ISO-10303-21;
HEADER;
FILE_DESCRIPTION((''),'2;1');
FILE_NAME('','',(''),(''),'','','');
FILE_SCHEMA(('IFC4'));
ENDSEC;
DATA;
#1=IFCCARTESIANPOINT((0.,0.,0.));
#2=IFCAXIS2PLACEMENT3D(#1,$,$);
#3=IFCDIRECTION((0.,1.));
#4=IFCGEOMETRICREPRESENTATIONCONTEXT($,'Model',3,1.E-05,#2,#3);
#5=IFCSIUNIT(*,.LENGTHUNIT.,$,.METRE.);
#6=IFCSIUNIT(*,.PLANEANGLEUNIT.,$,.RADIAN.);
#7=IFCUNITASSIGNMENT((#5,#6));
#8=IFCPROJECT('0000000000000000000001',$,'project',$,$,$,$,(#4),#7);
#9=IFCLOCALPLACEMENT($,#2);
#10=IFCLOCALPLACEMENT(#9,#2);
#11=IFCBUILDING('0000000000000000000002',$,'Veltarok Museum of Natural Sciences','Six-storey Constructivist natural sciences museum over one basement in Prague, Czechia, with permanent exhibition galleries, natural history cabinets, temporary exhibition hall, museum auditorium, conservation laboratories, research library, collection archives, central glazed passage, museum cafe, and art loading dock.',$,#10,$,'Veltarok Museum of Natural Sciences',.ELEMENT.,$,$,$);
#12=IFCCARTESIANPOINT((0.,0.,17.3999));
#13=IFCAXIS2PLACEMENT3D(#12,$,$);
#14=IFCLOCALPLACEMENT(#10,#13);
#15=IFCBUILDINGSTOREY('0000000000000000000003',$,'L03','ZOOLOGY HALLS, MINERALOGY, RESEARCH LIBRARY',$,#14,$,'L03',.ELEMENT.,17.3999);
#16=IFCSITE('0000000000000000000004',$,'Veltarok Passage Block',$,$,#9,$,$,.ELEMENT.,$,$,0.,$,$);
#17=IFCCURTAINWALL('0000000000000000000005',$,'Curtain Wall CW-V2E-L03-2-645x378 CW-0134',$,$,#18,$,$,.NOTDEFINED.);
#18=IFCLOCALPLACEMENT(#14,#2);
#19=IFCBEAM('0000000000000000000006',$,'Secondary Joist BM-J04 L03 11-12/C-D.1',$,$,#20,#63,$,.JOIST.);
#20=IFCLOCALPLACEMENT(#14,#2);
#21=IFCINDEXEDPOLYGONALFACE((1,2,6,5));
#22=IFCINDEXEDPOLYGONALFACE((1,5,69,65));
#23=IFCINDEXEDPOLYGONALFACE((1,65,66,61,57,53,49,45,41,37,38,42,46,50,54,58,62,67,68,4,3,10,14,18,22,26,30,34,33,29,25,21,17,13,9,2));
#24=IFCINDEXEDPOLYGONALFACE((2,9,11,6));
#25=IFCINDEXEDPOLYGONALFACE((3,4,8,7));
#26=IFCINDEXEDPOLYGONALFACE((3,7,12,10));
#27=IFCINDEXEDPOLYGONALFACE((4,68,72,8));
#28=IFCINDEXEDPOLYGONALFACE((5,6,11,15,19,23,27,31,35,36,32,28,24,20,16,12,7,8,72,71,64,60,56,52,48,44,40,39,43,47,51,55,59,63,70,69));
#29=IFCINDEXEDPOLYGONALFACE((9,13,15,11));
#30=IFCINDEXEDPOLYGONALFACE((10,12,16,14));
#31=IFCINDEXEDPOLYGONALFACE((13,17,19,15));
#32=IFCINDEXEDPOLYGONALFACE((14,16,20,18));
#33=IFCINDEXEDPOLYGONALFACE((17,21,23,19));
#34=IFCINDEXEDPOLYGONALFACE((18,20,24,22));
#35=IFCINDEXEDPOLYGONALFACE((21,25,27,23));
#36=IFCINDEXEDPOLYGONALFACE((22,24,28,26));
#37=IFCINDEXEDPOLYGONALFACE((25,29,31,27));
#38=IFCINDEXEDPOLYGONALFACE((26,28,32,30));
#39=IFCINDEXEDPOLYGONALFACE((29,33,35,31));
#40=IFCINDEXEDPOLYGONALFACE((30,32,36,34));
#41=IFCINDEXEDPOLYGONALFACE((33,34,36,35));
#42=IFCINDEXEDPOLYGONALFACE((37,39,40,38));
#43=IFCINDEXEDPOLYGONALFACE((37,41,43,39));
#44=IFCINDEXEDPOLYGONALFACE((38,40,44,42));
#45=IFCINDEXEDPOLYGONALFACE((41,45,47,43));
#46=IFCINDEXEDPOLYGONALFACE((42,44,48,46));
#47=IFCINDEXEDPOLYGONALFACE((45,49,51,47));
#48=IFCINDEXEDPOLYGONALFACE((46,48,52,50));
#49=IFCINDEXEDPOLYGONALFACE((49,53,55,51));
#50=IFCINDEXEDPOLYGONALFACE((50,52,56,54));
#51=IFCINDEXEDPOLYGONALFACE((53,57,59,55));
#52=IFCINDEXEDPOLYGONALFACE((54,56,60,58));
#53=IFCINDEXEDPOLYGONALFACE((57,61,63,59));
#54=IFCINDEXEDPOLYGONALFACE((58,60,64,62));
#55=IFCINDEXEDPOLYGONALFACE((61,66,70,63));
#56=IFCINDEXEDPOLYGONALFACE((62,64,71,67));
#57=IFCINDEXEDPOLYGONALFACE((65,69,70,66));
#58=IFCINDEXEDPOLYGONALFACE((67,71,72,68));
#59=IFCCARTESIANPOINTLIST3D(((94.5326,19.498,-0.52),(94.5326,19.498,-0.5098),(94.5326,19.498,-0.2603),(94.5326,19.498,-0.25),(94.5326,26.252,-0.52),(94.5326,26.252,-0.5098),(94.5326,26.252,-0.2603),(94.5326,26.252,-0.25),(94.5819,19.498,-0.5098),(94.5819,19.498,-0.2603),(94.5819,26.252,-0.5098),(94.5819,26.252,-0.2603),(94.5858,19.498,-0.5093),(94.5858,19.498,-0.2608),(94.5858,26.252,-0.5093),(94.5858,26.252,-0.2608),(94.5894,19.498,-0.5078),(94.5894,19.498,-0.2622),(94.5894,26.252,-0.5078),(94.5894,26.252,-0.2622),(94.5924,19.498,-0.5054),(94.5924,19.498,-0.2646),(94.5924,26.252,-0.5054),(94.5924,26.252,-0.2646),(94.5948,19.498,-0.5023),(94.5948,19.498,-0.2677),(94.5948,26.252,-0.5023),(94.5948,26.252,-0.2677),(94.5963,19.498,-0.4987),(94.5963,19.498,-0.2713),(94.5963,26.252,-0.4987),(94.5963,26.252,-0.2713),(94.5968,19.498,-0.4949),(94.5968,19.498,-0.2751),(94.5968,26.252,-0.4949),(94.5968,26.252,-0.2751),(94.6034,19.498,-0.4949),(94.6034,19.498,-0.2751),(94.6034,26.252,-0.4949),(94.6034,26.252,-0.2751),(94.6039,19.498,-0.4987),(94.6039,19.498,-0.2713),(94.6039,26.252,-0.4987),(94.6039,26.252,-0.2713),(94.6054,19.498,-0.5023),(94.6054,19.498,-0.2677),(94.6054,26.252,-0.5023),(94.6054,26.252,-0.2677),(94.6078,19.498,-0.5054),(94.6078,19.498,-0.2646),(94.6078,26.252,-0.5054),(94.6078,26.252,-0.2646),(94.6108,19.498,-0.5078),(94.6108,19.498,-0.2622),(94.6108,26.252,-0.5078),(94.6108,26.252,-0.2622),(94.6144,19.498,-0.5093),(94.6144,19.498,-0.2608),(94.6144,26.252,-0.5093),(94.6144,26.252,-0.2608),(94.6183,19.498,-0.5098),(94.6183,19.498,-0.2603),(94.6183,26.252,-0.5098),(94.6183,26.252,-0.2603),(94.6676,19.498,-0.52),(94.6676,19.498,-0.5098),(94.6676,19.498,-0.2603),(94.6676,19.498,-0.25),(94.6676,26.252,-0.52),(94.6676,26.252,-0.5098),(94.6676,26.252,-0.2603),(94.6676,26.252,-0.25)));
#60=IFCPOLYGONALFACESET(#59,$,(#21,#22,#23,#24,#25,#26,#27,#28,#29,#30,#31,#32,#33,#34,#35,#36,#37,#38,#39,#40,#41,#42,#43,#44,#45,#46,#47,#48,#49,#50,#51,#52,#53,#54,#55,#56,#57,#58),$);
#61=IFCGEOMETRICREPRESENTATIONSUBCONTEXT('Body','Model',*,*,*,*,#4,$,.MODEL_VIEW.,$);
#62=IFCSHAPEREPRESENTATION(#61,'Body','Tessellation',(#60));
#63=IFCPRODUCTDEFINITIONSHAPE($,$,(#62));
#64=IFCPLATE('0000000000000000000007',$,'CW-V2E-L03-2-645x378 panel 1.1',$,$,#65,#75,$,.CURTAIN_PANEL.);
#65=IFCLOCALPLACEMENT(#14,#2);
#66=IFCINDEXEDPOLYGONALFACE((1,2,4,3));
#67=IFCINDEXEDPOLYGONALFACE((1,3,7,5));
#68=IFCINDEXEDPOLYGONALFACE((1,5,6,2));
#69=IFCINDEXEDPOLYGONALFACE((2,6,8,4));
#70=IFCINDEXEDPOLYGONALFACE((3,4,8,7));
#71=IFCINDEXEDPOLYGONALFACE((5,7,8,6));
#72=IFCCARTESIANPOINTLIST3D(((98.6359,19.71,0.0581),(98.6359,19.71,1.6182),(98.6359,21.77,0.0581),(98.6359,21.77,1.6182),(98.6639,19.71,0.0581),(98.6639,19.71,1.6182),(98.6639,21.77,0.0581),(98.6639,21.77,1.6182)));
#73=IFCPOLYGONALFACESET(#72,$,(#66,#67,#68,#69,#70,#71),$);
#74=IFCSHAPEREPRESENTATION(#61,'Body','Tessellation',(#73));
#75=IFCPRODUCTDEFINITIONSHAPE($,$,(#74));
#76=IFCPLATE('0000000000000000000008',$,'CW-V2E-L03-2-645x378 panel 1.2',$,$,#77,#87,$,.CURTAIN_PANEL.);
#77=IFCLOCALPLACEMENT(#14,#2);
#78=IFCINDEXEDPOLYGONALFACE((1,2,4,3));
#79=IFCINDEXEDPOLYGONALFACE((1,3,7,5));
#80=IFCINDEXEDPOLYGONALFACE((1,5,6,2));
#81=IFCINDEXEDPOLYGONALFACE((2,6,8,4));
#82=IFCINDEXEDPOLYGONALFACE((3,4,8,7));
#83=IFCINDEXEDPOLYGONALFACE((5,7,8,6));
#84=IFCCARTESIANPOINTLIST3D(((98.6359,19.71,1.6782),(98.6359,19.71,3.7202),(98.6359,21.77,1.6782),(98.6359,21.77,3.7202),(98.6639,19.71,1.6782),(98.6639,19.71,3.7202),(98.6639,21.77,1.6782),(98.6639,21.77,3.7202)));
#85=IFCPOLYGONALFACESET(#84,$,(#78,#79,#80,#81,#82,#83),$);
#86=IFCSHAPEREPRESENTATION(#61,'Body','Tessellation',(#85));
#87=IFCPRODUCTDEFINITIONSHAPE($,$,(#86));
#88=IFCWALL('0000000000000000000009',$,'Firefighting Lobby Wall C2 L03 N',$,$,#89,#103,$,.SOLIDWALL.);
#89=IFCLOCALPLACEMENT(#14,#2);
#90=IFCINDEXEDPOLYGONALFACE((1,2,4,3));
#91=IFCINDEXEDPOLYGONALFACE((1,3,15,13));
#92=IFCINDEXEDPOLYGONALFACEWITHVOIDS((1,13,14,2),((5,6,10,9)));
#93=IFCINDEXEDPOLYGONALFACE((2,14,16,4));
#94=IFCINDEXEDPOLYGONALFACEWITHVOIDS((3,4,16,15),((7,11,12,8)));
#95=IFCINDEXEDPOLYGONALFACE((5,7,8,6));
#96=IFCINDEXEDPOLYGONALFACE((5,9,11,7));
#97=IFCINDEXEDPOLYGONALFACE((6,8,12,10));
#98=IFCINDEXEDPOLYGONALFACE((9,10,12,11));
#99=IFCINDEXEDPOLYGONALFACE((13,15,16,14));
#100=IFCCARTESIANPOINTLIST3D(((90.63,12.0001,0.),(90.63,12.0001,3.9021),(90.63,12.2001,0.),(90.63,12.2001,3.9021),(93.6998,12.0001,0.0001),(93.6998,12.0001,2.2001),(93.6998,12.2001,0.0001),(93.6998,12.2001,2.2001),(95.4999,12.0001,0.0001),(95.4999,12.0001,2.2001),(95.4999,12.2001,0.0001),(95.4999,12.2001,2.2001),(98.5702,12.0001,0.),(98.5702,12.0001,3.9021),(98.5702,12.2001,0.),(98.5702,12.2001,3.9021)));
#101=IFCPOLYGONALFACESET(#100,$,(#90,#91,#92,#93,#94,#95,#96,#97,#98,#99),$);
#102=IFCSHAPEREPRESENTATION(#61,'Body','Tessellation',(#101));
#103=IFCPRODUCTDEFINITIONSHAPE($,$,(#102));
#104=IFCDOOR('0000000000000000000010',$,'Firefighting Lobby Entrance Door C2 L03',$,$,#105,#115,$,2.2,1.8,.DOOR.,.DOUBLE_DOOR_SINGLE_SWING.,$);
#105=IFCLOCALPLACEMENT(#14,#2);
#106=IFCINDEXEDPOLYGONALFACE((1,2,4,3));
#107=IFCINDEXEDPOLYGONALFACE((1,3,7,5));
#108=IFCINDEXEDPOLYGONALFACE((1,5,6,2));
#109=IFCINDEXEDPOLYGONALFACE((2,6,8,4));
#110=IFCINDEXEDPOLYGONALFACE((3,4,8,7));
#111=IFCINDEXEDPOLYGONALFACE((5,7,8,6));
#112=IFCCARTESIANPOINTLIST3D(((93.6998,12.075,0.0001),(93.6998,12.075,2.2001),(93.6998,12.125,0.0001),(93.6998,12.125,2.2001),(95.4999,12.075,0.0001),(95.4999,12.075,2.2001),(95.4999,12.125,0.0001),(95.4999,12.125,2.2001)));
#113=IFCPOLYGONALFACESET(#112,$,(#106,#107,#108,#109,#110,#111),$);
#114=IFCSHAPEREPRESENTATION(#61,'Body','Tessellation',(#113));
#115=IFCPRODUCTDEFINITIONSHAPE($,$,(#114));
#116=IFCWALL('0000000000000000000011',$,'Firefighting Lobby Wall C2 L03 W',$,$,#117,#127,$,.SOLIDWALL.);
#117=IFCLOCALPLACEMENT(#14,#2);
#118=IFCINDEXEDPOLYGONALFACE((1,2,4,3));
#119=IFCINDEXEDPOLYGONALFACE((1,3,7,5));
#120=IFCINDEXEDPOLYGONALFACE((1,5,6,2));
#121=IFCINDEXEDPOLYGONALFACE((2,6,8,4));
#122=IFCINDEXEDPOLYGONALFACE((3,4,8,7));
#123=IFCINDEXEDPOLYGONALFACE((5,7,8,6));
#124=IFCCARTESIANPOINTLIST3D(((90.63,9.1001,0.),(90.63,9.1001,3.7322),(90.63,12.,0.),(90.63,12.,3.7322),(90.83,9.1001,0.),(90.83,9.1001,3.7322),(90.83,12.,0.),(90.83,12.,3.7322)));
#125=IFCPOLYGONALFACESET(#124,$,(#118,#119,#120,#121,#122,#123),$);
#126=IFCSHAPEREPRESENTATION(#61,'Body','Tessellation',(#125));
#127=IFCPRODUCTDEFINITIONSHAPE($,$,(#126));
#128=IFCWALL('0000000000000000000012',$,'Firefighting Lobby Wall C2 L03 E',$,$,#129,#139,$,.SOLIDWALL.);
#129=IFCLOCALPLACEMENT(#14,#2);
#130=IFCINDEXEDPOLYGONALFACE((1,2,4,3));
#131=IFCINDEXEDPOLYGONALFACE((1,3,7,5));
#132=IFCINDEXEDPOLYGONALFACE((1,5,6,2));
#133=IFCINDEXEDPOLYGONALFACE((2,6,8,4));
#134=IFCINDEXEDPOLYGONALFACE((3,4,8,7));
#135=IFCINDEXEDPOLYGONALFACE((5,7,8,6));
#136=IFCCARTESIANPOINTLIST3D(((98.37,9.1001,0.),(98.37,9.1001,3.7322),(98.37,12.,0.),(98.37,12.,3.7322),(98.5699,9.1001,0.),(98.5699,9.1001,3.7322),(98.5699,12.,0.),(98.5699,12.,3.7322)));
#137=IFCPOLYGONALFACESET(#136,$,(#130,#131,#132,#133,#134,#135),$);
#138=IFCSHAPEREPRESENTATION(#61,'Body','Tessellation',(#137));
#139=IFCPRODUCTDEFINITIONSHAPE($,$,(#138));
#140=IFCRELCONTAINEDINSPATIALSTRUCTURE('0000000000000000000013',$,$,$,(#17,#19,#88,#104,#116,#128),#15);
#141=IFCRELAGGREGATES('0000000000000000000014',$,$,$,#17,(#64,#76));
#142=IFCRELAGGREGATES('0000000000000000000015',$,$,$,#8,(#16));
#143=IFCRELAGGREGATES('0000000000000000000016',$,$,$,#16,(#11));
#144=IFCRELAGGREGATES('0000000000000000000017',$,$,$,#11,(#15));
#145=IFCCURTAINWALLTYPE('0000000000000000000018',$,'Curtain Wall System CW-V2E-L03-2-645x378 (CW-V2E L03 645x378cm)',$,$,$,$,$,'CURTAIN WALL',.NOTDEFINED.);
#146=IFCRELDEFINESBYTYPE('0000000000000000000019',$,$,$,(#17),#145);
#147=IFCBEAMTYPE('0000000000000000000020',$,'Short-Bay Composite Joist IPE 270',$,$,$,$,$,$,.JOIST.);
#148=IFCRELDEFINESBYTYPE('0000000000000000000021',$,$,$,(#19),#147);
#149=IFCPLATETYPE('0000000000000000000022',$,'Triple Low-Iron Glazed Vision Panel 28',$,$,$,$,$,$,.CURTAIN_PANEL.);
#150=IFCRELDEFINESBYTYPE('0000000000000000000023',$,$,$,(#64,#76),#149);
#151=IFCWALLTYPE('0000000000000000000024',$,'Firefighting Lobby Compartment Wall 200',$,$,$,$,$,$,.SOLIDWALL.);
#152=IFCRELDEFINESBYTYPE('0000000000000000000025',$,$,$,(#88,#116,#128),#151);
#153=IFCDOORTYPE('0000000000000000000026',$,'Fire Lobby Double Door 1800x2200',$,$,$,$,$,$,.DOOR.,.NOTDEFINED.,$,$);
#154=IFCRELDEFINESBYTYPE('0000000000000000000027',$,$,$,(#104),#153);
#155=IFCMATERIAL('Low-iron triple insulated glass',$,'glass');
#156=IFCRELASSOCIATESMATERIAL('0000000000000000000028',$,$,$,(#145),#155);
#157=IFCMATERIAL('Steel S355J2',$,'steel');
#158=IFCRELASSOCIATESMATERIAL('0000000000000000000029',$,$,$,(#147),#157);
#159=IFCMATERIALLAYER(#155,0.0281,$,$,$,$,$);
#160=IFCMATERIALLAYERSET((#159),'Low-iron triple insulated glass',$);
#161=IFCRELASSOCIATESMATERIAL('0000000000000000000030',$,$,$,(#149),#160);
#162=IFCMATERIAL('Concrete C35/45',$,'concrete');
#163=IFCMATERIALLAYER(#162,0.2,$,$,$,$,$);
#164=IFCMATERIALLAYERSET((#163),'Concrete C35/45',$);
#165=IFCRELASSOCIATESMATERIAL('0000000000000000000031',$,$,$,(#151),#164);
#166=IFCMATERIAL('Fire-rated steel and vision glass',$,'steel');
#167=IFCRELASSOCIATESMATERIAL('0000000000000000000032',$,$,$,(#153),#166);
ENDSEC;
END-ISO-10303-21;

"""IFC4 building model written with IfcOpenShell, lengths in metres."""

from ifc_helpers import new_model, si_unit, direction, frame, frame_2d, origin, origin_2d, place, context, subcontext, project, spatial, rectangle, i_section, extrude, material, layer, layer_set, material_profile, profile_set, type_object, element, fill, aggregate, save


model = new_model("IFC4")

# Units and contexts
model_context = context("Model", 3, precision=1e-05, world=origin(), true_north=direction((0.0, 1.0)))
body_context = subcontext(model_context, "Body", "Model", "MODEL_VIEW")
ifc_project = project(units=[si_unit("LENGTHUNIT", "METRE"), si_unit("PLANEANGLEUNIT", "RADIAN")], contexts=[model_context])

# Site, building, storey
site_placement = place(None, origin())
site = spatial("IfcSite", under=ifc_project, at=site_placement, Name="Veltarok Passage Block", CompositionType="ELEMENT", RefElevation=0.0)
building_placement = place(site_placement, origin())
building = spatial("IfcBuilding", under=site, at=building_placement, Name="Veltarok Museum of Natural Sciences", Description="Six-storey Constructivist natural sciences museum over one basement in Prague, Czechia, with permanent exhibition galleries, natural history cabinets, temporary exhibition hall, museum auditorium, conservation laboratories, research library, collection archives, central glazed passage, museum cafe, and art loading dock.", LongName="Veltarok Museum of Natural Sciences", CompositionType="ELEMENT")
storey_placement = place(building_placement, frame((0.0, 0.0, 17.3999)))
storey = spatial("IfcBuildingStorey", under=building, at=storey_placement, Name="L03", Description="ZOOLOGY HALLS, MINERALOGY, RESEARCH LIBRARY", LongName="L03", CompositionType="ELEMENT", Elevation=17.3999)

# Shared definitions
ifc_material_1 = material(Name="Steel S355J2", Category="steel")

# Curtain wall
ifc_material_2 = material(Name="Low-iron triple insulated glass", Category="glass")
curtain_wall_type = type_object("IfcCurtainWallType", Name="Curtain Wall System CW-V2E-L03-2-645x378 (CW-V2E L03 645x378cm)", ElementType="CURTAIN WALL", PredefinedType="NOTDEFINED", material=ifc_material_2)
curtain_wall_placement = place(storey_placement, origin())
curtain_wall = element("IfcCurtainWall", 1, at=curtain_wall_placement, inside=storey, type_object=curtain_wall_type, Name="Curtain Wall CW-V2E-L03-2-645x378 CW-0134", PredefinedType="NOTDEFINED")

# Beam
ifc_material_profile_1 = material_profile(ifc_material_1, i_section(OverallWidth=0.135, OverallDepth=0.27, WebThickness=0.0066, FlangeThickness=0.0103, FilletRadius=0.0149, at=origin_2d()), Name="IPE 270")
ifc_profile_set_1 = profile_set([ifc_material_profile_1], Name="Steel S355J2")
beam_type_1 = type_object("IfcBeamType", Name="Short-Bay Composite Joist IPE 270", PredefinedType="JOIST", material=ifc_profile_set_1)
beam_1_placement = place(storey_placement, frame((94.6001, 19.498, -0.385), z_axis=(0.0, 1.0, 0.0), x_axis=(-1.0, 0.0, 0.0)))
element("IfcBeam", 2, at=beam_1_placement, inside=storey, type_object=beam_type_1, Name="Secondary Joist BM-J04 L03 11-12/C-D.1", PredefinedType="JOIST", context=body_context, shape_type="SweptSolid", body=[
    extrude(i_section(OverallWidth=0.135, OverallDepth=0.27, WebThickness=0.0066, FlangeThickness=0.0103, FilletRadius=0.0149, at=origin_2d()), origin(), (0.0, 0.0, 1.0), 6.7539),
])

# Plates
ifc_layer_1 = layer(ifc_material_2, 0.0281)
ifc_layer_set_1 = layer_set([ifc_layer_1], Name="Low-iron triple insulated glass")
plate_type = type_object("IfcPlateType", Name="Triple Low-Iron Glazed Vision Panel 28", PredefinedType="CURTAIN_PANEL", material=ifc_layer_set_1)
plate_1_placement = place(storey_placement, frame((98.6499, 20.74, 0.0581), z_axis=(0.0, 0.0, 1.0), x_axis=(0.0, 1.0, 0.0)))
plate_1 = element("IfcPlate", 3, at=plate_1_placement, type_object=plate_type, Name="CW-V2E-L03-2-645x378 panel 1.1", PredefinedType="CURTAIN_PANEL", context=body_context, shape_type="SweptSolid", body=[
    extrude(rectangle(XDim=2.0601, YDim=0.0281, at=origin_2d()), origin(), (0.0, 0.0, 1.0), 1.5601),
])
plate_2_placement = place(storey_placement, frame((98.6499, 20.74, 1.6782), z_axis=(0.0, 0.0, 1.0), x_axis=(0.0, 1.0, 0.0)))
plate_2 = element("IfcPlate", 4, at=plate_2_placement, type_object=plate_type, Name="CW-V2E-L03-2-645x378 panel 1.2", PredefinedType="CURTAIN_PANEL", context=body_context, shape_type="SweptSolid", body=[
    extrude(rectangle(XDim=2.0601, YDim=0.0281, at=origin_2d()), origin(), (0.0, 0.0, 1.0), 2.042),
])
aggregate(curtain_wall, [plate_1, plate_2])

# Wall, opening, door
ifc_material_3 = material(Name="Concrete C35/45", Category="concrete")
ifc_layer_2 = layer(ifc_material_3, 0.2)
ifc_layer_set_2 = layer_set([ifc_layer_2], Name="Concrete C35/45")
wall_type_1 = type_object("IfcWallType", Name="Firefighting Lobby Compartment Wall 200", PredefinedType="SOLIDWALL", material=ifc_layer_set_2)
wall_1_placement = place(storey_placement, frame((90.6299, 12.1001, 0.0), z_axis=(0.0, 0.0, 1.0), x_axis=(1.0, 0.0, 0.0)))
wall_1 = element("IfcWall", 5, at=wall_1_placement, inside=storey, type_object=wall_type_1, Name="Firefighting Lobby Wall C2 L03 N", PredefinedType="SOLIDWALL", context=body_context, shape_type="SweptSolid", body=[
    extrude(rectangle(XDim=7.9402, YDim=0.2, at=frame_2d((3.9702, 0.0))), origin(), (0.0, 0.0, 1.0), 3.9021),
])
opening_1_placement = place(wall_1_placement, frame((3.0701, 0.0, 0.0)))
opening_1 = element("IfcOpeningElement", 6, at=opening_1_placement, cuts=wall_1, PredefinedType="OPENING", context=body_context, shape_type="SweptSolid", body=[
    extrude(rectangle(XDim=1.8, YDim=2.2, at=frame_2d((0.8999, 1.1001))), frame((0.0, 0.1099, 0.0), z_axis=(0.0, -1.0, 0.0), x_axis=(1.0, 0.0, 0.0)), (0.0, 0.0, 1.0), 0.22),
])
ifc_material_4 = material(Name="Fire-rated steel and vision glass", Category="steel")
door_type_1 = type_object("IfcDoorType", Name="Fire Lobby Double Door 1800x2200", OperationType="NOTDEFINED", PredefinedType="DOOR", material=ifc_material_4)
door_1_placement = place(opening_1_placement, origin())
door_1 = element("IfcDoor", 7, at=door_1_placement, inside=storey, type_object=door_type_1, Name="Firefighting Lobby Entrance Door C2 L03", OperationType="DOUBLE_DOOR_SINGLE_SWING", OverallHeight=2.2, OverallWidth=1.8, PredefinedType="DOOR", context=body_context, shape_type="SweptSolid", body=[
    extrude(rectangle(XDim=1.8, YDim=2.2, at=frame_2d((0.8999, 1.1001))), frame((0.0, 0.0249, 0.0), z_axis=(0.0, -1.0, 0.0), x_axis=(1.0, 0.0, 0.0)), (0.0, 0.0, 1.0), 0.05),
])
fill(opening_1, door_1)

# Walls
for number, where, z_axis, x_axis, name in (
    (8, (90.73, 9.1001, 0.0), (0.0, 0.0, 1.0), (0.0, 1.0, 0.0), "Firefighting Lobby Wall C2 L03 W"),
    (9, (98.47, 12.0, 0.0), (0.0, 0.0, 1.0), (0.0, -1.0, 0.0), "Firefighting Lobby Wall C2 L03 E"),
):
    element("IfcWall", number, at=place(storey_placement, frame(where, z_axis=z_axis, x_axis=x_axis)), inside=storey, type_object=wall_type_1, Name=name, PredefinedType="SOLIDWALL", context=body_context, shape_type="SweptSolid", body=[
        extrude(rectangle(XDim=2.8999, YDim=0.2, at=frame_2d((1.45, 0.0))), origin(), (0.0, 0.0, 1.0), 3.7322),
    ])

save(model, "model.ifc")
